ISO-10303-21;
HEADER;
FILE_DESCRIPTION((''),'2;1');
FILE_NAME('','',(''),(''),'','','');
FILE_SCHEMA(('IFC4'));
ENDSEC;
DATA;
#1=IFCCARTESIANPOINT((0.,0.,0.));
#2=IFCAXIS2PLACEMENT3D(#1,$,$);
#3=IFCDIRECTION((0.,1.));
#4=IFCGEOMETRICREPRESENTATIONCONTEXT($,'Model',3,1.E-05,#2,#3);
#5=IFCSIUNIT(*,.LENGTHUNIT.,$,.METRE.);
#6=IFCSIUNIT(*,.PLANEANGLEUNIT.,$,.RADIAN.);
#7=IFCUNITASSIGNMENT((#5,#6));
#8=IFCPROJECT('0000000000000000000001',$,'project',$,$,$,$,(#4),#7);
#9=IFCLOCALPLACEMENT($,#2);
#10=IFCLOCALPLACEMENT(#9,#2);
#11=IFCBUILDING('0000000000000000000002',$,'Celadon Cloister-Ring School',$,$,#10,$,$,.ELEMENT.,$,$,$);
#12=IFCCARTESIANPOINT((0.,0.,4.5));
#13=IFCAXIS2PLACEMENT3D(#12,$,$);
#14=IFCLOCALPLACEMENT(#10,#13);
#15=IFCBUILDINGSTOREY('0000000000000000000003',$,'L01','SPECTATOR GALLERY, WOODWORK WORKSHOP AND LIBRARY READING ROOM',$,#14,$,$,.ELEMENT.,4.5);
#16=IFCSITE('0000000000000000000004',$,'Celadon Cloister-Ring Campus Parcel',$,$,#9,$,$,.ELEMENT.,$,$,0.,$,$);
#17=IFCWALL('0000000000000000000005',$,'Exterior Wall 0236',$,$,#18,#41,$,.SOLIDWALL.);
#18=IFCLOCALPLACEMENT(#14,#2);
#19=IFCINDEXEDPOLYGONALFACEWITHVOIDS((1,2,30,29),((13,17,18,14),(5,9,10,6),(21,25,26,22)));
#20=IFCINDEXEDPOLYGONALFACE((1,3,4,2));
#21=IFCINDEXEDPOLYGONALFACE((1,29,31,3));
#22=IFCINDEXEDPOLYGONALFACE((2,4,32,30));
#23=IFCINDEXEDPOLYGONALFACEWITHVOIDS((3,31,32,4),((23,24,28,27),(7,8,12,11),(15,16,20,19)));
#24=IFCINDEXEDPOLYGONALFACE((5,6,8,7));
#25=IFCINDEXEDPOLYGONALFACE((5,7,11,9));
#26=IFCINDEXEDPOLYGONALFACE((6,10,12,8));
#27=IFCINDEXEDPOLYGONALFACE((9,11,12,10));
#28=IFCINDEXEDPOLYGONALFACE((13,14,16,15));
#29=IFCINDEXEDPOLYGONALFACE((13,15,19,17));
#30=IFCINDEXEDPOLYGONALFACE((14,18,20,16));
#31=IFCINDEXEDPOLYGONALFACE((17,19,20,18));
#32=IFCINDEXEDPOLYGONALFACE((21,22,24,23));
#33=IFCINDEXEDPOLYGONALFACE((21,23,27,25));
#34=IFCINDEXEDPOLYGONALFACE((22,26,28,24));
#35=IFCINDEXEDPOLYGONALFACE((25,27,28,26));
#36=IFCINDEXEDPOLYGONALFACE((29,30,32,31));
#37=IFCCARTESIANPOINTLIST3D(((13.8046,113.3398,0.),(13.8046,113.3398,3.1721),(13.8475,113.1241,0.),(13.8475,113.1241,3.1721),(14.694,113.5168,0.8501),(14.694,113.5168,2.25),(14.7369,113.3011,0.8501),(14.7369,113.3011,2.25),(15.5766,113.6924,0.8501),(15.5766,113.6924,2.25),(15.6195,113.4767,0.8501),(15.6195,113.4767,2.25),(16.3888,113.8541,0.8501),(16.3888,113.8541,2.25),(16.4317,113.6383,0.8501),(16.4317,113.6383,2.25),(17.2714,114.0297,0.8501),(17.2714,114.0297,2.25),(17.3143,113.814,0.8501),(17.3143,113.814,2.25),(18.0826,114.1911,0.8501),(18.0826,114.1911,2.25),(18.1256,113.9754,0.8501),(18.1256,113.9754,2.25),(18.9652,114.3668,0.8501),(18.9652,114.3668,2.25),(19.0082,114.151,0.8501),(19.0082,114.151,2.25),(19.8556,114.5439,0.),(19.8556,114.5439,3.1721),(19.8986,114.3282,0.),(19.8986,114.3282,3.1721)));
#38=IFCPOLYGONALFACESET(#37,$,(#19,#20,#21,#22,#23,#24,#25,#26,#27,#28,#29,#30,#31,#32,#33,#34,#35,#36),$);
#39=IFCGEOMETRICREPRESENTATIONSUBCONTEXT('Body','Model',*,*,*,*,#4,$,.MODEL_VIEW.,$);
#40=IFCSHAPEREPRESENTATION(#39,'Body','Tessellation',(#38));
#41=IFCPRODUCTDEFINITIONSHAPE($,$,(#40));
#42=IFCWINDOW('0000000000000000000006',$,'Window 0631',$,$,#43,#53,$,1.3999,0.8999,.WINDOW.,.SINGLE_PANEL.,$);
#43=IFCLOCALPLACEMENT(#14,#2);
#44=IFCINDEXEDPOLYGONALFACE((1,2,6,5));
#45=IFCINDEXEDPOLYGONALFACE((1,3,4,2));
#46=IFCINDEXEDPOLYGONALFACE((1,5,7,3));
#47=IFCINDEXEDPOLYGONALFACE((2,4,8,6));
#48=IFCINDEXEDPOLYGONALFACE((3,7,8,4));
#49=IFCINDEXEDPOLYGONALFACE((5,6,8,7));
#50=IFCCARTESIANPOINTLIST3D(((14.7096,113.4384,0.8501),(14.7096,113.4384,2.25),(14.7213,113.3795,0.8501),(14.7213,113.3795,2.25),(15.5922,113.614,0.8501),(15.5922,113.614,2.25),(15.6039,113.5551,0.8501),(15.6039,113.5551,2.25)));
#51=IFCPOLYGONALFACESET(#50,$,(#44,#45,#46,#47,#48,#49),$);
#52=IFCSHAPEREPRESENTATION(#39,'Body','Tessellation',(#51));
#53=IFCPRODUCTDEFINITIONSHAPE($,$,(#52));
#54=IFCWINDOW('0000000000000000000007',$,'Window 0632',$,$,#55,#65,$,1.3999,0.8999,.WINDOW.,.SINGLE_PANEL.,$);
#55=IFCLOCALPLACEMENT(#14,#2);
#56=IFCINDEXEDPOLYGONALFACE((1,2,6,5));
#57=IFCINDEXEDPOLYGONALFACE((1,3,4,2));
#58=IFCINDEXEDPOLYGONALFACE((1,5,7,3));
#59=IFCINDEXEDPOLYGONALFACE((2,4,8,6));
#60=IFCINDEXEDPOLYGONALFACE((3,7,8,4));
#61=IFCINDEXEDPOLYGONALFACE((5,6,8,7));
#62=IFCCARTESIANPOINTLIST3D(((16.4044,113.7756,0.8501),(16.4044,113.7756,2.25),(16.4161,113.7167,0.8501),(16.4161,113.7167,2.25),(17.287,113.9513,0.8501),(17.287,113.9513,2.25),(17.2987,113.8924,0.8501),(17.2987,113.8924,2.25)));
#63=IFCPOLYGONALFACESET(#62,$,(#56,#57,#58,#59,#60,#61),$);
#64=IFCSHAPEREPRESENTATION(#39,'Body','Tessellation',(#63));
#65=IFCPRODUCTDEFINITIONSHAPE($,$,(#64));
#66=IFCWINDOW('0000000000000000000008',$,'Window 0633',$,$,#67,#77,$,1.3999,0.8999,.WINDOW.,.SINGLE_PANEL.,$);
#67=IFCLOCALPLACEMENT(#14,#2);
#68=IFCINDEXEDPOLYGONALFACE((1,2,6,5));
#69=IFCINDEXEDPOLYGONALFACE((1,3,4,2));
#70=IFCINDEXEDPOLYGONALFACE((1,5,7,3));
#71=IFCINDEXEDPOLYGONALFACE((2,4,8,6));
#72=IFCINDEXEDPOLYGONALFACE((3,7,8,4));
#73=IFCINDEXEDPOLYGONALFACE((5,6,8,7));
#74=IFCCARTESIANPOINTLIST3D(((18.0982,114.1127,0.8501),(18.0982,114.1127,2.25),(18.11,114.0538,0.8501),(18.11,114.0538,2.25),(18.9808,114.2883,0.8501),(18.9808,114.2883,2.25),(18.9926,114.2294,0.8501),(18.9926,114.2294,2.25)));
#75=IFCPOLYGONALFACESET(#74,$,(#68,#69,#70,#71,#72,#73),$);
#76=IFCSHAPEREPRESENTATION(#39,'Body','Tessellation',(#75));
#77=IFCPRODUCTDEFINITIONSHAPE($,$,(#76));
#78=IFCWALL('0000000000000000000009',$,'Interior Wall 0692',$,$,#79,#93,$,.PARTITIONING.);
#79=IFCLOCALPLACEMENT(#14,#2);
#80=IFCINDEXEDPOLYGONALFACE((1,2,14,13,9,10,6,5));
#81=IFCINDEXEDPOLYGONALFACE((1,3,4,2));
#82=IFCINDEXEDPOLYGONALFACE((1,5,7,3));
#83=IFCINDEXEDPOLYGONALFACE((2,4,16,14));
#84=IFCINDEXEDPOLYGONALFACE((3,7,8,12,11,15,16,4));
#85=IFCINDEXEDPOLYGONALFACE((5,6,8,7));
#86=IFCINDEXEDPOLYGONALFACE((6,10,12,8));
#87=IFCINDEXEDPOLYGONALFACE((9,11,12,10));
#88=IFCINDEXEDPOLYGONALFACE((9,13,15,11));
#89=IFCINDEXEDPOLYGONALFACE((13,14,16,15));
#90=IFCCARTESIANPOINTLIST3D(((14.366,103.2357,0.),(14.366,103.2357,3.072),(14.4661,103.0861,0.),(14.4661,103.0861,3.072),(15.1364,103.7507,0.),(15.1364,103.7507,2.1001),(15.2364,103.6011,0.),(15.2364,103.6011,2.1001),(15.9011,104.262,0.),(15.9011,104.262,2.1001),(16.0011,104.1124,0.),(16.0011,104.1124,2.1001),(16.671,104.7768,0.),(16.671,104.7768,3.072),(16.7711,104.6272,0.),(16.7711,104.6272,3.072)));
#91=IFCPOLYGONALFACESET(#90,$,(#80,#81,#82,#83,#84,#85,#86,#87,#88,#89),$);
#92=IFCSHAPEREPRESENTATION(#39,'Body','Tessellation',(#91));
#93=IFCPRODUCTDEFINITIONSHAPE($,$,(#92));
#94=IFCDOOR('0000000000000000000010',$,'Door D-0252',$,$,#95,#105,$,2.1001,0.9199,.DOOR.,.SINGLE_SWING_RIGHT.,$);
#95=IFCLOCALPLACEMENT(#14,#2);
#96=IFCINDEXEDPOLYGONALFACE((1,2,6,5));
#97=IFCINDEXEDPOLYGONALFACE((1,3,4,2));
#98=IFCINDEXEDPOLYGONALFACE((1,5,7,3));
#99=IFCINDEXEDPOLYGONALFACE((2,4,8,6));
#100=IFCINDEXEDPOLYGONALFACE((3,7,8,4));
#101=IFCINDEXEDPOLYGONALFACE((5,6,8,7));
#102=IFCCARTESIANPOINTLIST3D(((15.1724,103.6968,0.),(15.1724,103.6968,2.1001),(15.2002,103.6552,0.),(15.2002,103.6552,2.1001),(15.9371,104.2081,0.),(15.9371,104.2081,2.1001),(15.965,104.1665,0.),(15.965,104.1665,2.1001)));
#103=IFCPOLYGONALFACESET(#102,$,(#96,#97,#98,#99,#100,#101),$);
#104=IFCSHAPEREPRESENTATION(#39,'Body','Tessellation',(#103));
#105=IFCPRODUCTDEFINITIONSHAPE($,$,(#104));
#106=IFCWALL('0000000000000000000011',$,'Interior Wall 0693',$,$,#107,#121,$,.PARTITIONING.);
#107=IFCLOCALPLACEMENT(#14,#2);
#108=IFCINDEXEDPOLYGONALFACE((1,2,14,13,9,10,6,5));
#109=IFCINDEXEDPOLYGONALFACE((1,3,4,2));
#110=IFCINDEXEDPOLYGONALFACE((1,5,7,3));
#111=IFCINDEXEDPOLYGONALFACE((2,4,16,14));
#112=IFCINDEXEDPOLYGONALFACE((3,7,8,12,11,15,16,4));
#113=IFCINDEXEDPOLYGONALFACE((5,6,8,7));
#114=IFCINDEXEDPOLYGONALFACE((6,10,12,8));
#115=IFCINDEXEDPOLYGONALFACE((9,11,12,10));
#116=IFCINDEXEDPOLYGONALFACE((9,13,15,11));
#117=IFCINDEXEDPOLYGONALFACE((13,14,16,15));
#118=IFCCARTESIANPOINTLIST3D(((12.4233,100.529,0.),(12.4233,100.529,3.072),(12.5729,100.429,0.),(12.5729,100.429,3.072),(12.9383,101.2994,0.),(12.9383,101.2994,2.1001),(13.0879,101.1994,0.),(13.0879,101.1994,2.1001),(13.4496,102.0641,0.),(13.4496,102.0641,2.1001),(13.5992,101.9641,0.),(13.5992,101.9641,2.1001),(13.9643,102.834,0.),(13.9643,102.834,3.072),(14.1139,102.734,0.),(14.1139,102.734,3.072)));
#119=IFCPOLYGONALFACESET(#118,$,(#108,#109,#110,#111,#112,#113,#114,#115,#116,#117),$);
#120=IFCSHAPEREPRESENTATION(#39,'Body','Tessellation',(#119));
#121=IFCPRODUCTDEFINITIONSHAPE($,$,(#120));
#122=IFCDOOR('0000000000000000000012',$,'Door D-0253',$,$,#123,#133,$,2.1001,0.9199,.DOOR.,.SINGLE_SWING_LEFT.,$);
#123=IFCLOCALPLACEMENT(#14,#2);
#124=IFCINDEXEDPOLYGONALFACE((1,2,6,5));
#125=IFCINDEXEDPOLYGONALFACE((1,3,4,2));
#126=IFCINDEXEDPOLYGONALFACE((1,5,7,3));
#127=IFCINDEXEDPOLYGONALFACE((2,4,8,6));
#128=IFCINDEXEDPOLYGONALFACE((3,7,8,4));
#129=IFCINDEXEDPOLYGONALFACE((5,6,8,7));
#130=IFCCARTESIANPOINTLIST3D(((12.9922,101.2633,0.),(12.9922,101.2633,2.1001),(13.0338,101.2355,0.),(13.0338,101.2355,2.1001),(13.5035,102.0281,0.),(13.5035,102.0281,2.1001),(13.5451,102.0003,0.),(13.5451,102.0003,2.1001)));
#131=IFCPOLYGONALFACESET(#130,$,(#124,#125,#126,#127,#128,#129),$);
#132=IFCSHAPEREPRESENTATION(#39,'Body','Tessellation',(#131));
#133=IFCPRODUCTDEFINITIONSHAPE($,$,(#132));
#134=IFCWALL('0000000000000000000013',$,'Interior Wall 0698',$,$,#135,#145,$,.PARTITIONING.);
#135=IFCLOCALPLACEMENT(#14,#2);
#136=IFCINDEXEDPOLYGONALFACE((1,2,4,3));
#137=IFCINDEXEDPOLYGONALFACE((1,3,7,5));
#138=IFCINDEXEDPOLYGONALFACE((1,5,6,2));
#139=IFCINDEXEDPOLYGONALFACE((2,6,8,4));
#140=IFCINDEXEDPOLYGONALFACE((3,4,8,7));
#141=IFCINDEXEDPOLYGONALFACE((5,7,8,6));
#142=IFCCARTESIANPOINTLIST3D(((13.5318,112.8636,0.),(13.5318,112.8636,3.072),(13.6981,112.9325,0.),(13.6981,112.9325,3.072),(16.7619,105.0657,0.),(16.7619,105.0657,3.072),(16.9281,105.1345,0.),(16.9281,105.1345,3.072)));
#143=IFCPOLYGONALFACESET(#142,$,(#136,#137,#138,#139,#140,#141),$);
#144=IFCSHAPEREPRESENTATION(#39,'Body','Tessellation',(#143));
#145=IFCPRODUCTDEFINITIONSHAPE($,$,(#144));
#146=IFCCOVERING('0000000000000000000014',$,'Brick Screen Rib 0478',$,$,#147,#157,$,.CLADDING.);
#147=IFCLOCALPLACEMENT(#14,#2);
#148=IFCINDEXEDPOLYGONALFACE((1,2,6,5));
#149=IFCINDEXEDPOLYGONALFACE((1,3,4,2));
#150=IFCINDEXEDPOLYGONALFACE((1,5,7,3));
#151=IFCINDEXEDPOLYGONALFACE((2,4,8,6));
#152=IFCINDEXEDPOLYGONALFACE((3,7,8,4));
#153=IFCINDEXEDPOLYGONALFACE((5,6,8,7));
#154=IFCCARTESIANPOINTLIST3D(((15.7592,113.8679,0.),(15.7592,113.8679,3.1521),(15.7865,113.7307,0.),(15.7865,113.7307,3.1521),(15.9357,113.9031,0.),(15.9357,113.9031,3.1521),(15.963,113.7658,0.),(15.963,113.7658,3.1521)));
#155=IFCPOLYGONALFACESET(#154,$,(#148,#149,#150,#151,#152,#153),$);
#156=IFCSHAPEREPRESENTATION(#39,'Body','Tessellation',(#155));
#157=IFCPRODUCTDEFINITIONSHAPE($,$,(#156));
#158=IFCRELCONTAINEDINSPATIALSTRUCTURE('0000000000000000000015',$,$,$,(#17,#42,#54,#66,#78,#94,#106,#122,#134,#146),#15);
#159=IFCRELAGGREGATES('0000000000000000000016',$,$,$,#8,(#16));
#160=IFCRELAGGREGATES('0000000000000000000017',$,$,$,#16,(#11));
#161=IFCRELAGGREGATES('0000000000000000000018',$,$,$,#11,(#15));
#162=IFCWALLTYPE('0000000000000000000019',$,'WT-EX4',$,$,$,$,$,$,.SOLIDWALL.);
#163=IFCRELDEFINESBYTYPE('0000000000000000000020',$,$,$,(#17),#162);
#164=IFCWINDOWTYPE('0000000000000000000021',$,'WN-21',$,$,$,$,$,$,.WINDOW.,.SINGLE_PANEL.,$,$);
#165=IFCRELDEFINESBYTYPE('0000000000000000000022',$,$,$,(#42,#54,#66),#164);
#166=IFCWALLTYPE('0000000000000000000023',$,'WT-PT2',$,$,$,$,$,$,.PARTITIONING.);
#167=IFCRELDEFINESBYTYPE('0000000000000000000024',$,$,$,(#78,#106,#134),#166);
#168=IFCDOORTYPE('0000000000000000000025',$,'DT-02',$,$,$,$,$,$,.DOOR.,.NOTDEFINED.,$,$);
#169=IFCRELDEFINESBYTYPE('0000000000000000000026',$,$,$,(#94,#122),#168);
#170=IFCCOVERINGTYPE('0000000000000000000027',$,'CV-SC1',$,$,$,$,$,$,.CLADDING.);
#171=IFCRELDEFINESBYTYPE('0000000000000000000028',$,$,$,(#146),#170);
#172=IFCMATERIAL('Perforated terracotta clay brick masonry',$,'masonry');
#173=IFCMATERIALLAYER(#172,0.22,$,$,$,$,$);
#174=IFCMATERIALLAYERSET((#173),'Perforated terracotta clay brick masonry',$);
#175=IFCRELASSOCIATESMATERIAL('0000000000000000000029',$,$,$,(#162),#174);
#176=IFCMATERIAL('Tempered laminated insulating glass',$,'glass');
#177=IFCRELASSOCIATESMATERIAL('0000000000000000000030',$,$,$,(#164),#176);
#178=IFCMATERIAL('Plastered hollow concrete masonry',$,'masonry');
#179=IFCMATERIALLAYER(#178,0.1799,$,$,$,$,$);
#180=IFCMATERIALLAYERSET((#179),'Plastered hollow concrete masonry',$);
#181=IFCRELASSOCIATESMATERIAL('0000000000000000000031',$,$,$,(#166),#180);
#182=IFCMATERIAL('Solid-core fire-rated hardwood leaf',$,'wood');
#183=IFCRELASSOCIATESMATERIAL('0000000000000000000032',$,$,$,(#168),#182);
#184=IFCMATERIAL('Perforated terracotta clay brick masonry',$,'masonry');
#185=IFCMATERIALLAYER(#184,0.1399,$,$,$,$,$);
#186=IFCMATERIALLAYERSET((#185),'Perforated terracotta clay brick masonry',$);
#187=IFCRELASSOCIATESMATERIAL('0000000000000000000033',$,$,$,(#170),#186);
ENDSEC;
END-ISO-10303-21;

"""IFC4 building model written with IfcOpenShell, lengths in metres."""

from ifc_helpers import new_model, si_unit, direction, frame, frame_2d, origin, origin_2d, place, context, subcontext, project, spatial, rectangle, extrude, material, layer, layer_set, type_object, element, fill, save


model = new_model("IFC4")

# Units and contexts
model_context = context("Model", 3, precision=1e-05, world=origin(), true_north=direction((0.0, 1.0)))
body_context = subcontext(model_context, "Body", "Model", "MODEL_VIEW")
ifc_project = project(units=[si_unit("LENGTHUNIT", "METRE"), si_unit("PLANEANGLEUNIT", "RADIAN")], contexts=[model_context])

# Site, building, storey
site_placement = place(None, origin())
site = spatial("IfcSite", under=ifc_project, at=site_placement, Name="Celadon Cloister-Ring Campus Parcel", CompositionType="ELEMENT", RefElevation=0.0)
building_placement = place(site_placement, origin())
building = spatial("IfcBuilding", under=site, at=building_placement, Name="Celadon Cloister-Ring School", CompositionType="ELEMENT")
storey_placement = place(building_placement, frame((0.0, 0.0, 4.5)))
storey = spatial("IfcBuildingStorey", under=building, at=storey_placement, Name="L01", Description="SPECTATOR GALLERY, WOODWORK WORKSHOP AND LIBRARY READING ROOM", CompositionType="ELEMENT", Elevation=4.5)

# Wall, openings, windows
ifc_material_1 = material(Name="Perforated terracotta clay brick masonry", Category="masonry")
ifc_layer_1 = layer(ifc_material_1, 0.22)
ifc_layer_set_1 = layer_set([ifc_layer_1], Name="Perforated terracotta clay brick masonry")
wall_type_1 = type_object("IfcWallType", Name="WT-EX4", PredefinedType="SOLIDWALL", material=ifc_layer_set_1)
wall_1_placement = place(storey_placement, frame((13.8259, 113.2319, 0.0), z_axis=(0.0, 0.0, 1.0), x_axis=(0.98077, 0.195165, 0.0)))
wall_1 = element("IfcWall", 1, at=wall_1_placement, inside=storey, type_object=wall_type_1, Name="Exterior Wall 0236", PredefinedType="SOLIDWALL", context=body_context, shape_type="SweptSolid", body=[
    extrude(rectangle(XDim=6.1697, YDim=0.22, at=frame_2d((3.085, 0.0))), origin(), (0.0, 0.0, 1.0), 3.1721),
])
opening_1_placement = place(wall_1_placement, frame((0.907, 0.0, 0.8501)))
opening_1 = element("IfcOpeningElement", 2, at=opening_1_placement, cuts=wall_1, PredefinedType="OPENING", context=body_context, shape_type="SweptSolid", body=[
    extrude(rectangle(XDim=0.8999, YDim=1.3999, at=frame_2d((0.45, 0.7))), frame((0.0, 0.1201, 0.0), z_axis=(0.0, -1.0, 0.0), x_axis=(1.0, 0.0, 0.0)), (0.0, 0.0, 1.0), 0.24),
])
opening_2_placement = place(wall_1_placement, frame((2.635, 0.0, 0.8501)))
opening_2 = element("IfcOpeningElement", 3, at=opening_2_placement, cuts=wall_1, PredefinedType="OPENING", context=body_context, shape_type="SweptSolid", body=[
    extrude(rectangle(XDim=0.8999, YDim=1.3999, at=frame_2d((0.45, 0.7))), frame((0.0, 0.1201, 0.0), z_axis=(0.0, -1.0, 0.0), x_axis=(1.0, 0.0, 0.0)), (0.0, 0.0, 1.0), 0.24),
])
opening_3_placement = place(wall_1_placement, frame((4.3621, 0.0, 0.8501)))
opening_3 = element("IfcOpeningElement", 4, at=opening_3_placement, cuts=wall_1, PredefinedType="OPENING", context=body_context, shape_type="SweptSolid", body=[
    extrude(rectangle(XDim=0.8999, YDim=1.3999, at=frame_2d((0.45, 0.7))), frame((0.0, 0.1201, 0.0), z_axis=(0.0, -1.0, 0.0), x_axis=(1.0, 0.0, 0.0)), (0.0, 0.0, 1.0), 0.24),
])
ifc_material_2 = material(Name="Tempered laminated insulating glass", Category="glass")
window_type = type_object("IfcWindowType", Name="WN-21", PartitioningType="SINGLE_PANEL", PredefinedType="WINDOW", material=ifc_material_2)
window_1_placement = place(opening_1_placement, origin())
window_1 = element("IfcWindow", 5, at=window_1_placement, inside=storey, type_object=window_type, Name="Window 0631", OverallHeight=1.3999, OverallWidth=0.8999, PartitioningType="SINGLE_PANEL", PredefinedType="WINDOW", context=body_context, shape_type="SweptSolid", body=[
    extrude(rectangle(XDim=0.8999, YDim=1.3999, at=frame_2d((0.45, 0.7))), frame((0.0, 0.03, 0.0), z_axis=(0.0, -1.0, 0.0), x_axis=(1.0, 0.0, 0.0)), (0.0, 0.0, 1.0), 0.0601),
])
fill(opening_1, window_1)
window_2_placement = place(opening_2_placement, origin())
window_2 = element("IfcWindow", 6, at=window_2_placement, inside=storey, type_object=window_type, Name="Window 0632", OverallHeight=1.3999, OverallWidth=0.8999, PartitioningType="SINGLE_PANEL", PredefinedType="WINDOW", context=body_context, shape_type="SweptSolid", body=[
    extrude(rectangle(XDim=0.8999, YDim=1.3999, at=frame_2d((0.45, 0.7))), frame((0.0, 0.03, 0.0), z_axis=(0.0, -1.0, 0.0), x_axis=(1.0, 0.0, 0.0)), (0.0, 0.0, 1.0), 0.0601),
])
fill(opening_2, window_2)
window_3_placement = place(opening_3_placement, origin())
window_3 = element("IfcWindow", 7, at=window_3_placement, inside=storey, type_object=window_type, Name="Window 0633", OverallHeight=1.3999, OverallWidth=0.8999, PartitioningType="SINGLE_PANEL", PredefinedType="WINDOW", context=body_context, shape_type="SweptSolid", body=[
    extrude(rectangle(XDim=0.8999, YDim=1.3999, at=frame_2d((0.45, 0.7))), frame((0.0, 0.03, 0.0), z_axis=(0.0, -1.0, 0.0), x_axis=(1.0, 0.0, 0.0)), (0.0, 0.0, 1.0), 0.0601),
])
fill(opening_3, window_3)

# Walls, openings, doors
ifc_material_3 = material(Name="Plastered hollow concrete masonry", Category="masonry")
ifc_layer_2 = layer(ifc_material_3, 0.1799)
ifc_layer_set_2 = layer_set([ifc_layer_2], Name="Plastered hollow concrete masonry")
wall_type_2 = type_object("IfcWallType", Name="WT-PT2", PredefinedType="PARTITIONING", material=ifc_layer_set_2)
wall_2_placement = place(storey_placement, frame((16.7209, 104.7019, 0.0), z_axis=(0.0, 0.0, 1.0), x_axis=(-0.831318, -0.555797, 0.0)))
wall_2 = element("IfcWall", 8, at=wall_2_placement, inside=storey, type_object=wall_type_2, Name="Interior Wall 0692", PredefinedType="PARTITIONING", context=body_context, shape_type="SweptSolid", body=[
    extrude(rectangle(XDim=2.7727, YDim=0.1799, at=frame_2d((1.3862, 0.0))), origin(), (0.0, 0.0, 1.0), 3.072),
])
opening_4_placement = place(wall_2_placement, frame((0.926, 0.0, 0.0)))
opening_4 = element("IfcOpeningElement", 9, at=opening_4_placement, cuts=wall_2, PredefinedType="OPENING", context=body_context, shape_type="SweptSolid", body=[
    extrude(rectangle(XDim=0.9199, YDim=2.1001, at=frame_2d((0.46, 1.05))), frame((0.0, 0.1001, 0.0), z_axis=(0.0, -1.0, 0.0), x_axis=(1.0, 0.0, 0.0)), (0.0, 0.0, 1.0), 0.2),
])
ifc_material_4 = material(Name="Solid-core fire-rated hardwood leaf", Category="wood")
door_type = type_object("IfcDoorType", Name="DT-02", OperationType="NOTDEFINED", PredefinedType="DOOR", material=ifc_material_4)
door_1_placement = place(opening_4_placement, origin())
door_1 = element("IfcDoor", 10, at=door_1_placement, inside=storey, type_object=door_type, Name="Door D-0252", OperationType="SINGLE_SWING_RIGHT", OverallHeight=2.1001, OverallWidth=0.9199, PredefinedType="DOOR", context=body_context, shape_type="SweptSolid", body=[
    extrude(rectangle(XDim=0.9199, YDim=2.1001, at=frame_2d((0.46, 1.05))), frame((0.0, 0.0249, 0.0), z_axis=(0.0, -1.0, 0.0), x_axis=(1.0, 0.0, 0.0)), (0.0, 0.0, 1.0), 0.05),
])
fill(opening_4, door_1)
wall_3_placement = place(storey_placement, frame((14.0391, 102.7839, 0.0), z_axis=(0.0, 0.0, 1.0), x_axis=(-0.555797, -0.831318, 0.0)))
wall_3 = element("IfcWall", 11, at=wall_3_placement, inside=storey, type_object=wall_type_2, Name="Interior Wall 0693", PredefinedType="PARTITIONING", context=body_context, shape_type="SweptSolid", body=[
    extrude(rectangle(XDim=2.7727, YDim=0.1799, at=frame_2d((1.3862, 0.0))), origin(), (0.0, 0.0, 1.0), 3.072),
])
opening_5_placement = place(wall_3_placement, frame((0.926, 0.0, 0.0)))
opening_5 = element("IfcOpeningElement", 12, at=opening_5_placement, cuts=wall_3, PredefinedType="OPENING", context=body_context, shape_type="SweptSolid", body=[
    extrude(rectangle(XDim=0.9199, YDim=2.1001, at=frame_2d((0.46, 1.05))), frame((0.0, 0.1001, 0.0), z_axis=(0.0, -1.0, 0.0), x_axis=(1.0, 0.0, 0.0)), (0.0, 0.0, 1.0), 0.2),
])
door_2_placement = place(opening_5_placement, origin())
door_2 = element("IfcDoor", 13, at=door_2_placement, inside=storey, type_object=door_type, Name="Door D-0253", OperationType="SINGLE_SWING_LEFT", OverallHeight=2.1001, OverallWidth=0.9199, PredefinedType="DOOR", context=body_context, shape_type="SweptSolid", body=[
    extrude(rectangle(XDim=0.9199, YDim=2.1001, at=frame_2d((0.46, 1.05))), frame((0.0, 0.0249, 0.0), z_axis=(0.0, -1.0, 0.0), x_axis=(1.0, 0.0, 0.0)), (0.0, 0.0, 1.0), 0.05),
])
fill(opening_5, door_2)

# Wall
wall_4_placement = place(storey_placement, frame((16.845, 105.1001, 0.0), z_axis=(0.0, 0.0, 1.0), x_axis=(-0.382684, 0.923879, 0.0)))
element("IfcWall", 14, at=wall_4_placement, inside=storey, type_object=wall_type_2, Name="Interior Wall 0698", PredefinedType="PARTITIONING", context=body_context, shape_type="SweptSolid", body=[
    extrude(rectangle(XDim=8.4404, YDim=0.1799, at=frame_2d((4.2202, 0.0))), origin(), (0.0, 0.0, 1.0), 3.072),
])

# Covering
ifc_material_5 = material(Name="Perforated terracotta clay brick masonry", Category="masonry")
ifc_layer_3 = layer(ifc_material_5, 0.1399)
ifc_layer_set_3 = layer_set([ifc_layer_3], Name="Perforated terracotta clay brick masonry")
covering_type = type_object("IfcCoveringType", Name="CV-SC1", PredefinedType="CLADDING", material=ifc_layer_set_3)
covering_placement = place(storey_placement, frame((15.8611, 113.8169, 0.0), z_axis=(0.0, 0.0, 1.0), x_axis=(0.980775, 0.195142, 0.0)))
element("IfcCovering", 15, at=covering_placement, inside=storey, type_object=covering_type, Name="Brick Screen Rib 0478", PredefinedType="CLADDING", context=body_context, shape_type="SweptSolid", body=[
    extrude(rectangle(XDim=0.1799, YDim=0.1399, at=origin_2d()), origin(), (0.0, 0.0, 1.0), 3.1521),
])

save(model, "model.ifc")
